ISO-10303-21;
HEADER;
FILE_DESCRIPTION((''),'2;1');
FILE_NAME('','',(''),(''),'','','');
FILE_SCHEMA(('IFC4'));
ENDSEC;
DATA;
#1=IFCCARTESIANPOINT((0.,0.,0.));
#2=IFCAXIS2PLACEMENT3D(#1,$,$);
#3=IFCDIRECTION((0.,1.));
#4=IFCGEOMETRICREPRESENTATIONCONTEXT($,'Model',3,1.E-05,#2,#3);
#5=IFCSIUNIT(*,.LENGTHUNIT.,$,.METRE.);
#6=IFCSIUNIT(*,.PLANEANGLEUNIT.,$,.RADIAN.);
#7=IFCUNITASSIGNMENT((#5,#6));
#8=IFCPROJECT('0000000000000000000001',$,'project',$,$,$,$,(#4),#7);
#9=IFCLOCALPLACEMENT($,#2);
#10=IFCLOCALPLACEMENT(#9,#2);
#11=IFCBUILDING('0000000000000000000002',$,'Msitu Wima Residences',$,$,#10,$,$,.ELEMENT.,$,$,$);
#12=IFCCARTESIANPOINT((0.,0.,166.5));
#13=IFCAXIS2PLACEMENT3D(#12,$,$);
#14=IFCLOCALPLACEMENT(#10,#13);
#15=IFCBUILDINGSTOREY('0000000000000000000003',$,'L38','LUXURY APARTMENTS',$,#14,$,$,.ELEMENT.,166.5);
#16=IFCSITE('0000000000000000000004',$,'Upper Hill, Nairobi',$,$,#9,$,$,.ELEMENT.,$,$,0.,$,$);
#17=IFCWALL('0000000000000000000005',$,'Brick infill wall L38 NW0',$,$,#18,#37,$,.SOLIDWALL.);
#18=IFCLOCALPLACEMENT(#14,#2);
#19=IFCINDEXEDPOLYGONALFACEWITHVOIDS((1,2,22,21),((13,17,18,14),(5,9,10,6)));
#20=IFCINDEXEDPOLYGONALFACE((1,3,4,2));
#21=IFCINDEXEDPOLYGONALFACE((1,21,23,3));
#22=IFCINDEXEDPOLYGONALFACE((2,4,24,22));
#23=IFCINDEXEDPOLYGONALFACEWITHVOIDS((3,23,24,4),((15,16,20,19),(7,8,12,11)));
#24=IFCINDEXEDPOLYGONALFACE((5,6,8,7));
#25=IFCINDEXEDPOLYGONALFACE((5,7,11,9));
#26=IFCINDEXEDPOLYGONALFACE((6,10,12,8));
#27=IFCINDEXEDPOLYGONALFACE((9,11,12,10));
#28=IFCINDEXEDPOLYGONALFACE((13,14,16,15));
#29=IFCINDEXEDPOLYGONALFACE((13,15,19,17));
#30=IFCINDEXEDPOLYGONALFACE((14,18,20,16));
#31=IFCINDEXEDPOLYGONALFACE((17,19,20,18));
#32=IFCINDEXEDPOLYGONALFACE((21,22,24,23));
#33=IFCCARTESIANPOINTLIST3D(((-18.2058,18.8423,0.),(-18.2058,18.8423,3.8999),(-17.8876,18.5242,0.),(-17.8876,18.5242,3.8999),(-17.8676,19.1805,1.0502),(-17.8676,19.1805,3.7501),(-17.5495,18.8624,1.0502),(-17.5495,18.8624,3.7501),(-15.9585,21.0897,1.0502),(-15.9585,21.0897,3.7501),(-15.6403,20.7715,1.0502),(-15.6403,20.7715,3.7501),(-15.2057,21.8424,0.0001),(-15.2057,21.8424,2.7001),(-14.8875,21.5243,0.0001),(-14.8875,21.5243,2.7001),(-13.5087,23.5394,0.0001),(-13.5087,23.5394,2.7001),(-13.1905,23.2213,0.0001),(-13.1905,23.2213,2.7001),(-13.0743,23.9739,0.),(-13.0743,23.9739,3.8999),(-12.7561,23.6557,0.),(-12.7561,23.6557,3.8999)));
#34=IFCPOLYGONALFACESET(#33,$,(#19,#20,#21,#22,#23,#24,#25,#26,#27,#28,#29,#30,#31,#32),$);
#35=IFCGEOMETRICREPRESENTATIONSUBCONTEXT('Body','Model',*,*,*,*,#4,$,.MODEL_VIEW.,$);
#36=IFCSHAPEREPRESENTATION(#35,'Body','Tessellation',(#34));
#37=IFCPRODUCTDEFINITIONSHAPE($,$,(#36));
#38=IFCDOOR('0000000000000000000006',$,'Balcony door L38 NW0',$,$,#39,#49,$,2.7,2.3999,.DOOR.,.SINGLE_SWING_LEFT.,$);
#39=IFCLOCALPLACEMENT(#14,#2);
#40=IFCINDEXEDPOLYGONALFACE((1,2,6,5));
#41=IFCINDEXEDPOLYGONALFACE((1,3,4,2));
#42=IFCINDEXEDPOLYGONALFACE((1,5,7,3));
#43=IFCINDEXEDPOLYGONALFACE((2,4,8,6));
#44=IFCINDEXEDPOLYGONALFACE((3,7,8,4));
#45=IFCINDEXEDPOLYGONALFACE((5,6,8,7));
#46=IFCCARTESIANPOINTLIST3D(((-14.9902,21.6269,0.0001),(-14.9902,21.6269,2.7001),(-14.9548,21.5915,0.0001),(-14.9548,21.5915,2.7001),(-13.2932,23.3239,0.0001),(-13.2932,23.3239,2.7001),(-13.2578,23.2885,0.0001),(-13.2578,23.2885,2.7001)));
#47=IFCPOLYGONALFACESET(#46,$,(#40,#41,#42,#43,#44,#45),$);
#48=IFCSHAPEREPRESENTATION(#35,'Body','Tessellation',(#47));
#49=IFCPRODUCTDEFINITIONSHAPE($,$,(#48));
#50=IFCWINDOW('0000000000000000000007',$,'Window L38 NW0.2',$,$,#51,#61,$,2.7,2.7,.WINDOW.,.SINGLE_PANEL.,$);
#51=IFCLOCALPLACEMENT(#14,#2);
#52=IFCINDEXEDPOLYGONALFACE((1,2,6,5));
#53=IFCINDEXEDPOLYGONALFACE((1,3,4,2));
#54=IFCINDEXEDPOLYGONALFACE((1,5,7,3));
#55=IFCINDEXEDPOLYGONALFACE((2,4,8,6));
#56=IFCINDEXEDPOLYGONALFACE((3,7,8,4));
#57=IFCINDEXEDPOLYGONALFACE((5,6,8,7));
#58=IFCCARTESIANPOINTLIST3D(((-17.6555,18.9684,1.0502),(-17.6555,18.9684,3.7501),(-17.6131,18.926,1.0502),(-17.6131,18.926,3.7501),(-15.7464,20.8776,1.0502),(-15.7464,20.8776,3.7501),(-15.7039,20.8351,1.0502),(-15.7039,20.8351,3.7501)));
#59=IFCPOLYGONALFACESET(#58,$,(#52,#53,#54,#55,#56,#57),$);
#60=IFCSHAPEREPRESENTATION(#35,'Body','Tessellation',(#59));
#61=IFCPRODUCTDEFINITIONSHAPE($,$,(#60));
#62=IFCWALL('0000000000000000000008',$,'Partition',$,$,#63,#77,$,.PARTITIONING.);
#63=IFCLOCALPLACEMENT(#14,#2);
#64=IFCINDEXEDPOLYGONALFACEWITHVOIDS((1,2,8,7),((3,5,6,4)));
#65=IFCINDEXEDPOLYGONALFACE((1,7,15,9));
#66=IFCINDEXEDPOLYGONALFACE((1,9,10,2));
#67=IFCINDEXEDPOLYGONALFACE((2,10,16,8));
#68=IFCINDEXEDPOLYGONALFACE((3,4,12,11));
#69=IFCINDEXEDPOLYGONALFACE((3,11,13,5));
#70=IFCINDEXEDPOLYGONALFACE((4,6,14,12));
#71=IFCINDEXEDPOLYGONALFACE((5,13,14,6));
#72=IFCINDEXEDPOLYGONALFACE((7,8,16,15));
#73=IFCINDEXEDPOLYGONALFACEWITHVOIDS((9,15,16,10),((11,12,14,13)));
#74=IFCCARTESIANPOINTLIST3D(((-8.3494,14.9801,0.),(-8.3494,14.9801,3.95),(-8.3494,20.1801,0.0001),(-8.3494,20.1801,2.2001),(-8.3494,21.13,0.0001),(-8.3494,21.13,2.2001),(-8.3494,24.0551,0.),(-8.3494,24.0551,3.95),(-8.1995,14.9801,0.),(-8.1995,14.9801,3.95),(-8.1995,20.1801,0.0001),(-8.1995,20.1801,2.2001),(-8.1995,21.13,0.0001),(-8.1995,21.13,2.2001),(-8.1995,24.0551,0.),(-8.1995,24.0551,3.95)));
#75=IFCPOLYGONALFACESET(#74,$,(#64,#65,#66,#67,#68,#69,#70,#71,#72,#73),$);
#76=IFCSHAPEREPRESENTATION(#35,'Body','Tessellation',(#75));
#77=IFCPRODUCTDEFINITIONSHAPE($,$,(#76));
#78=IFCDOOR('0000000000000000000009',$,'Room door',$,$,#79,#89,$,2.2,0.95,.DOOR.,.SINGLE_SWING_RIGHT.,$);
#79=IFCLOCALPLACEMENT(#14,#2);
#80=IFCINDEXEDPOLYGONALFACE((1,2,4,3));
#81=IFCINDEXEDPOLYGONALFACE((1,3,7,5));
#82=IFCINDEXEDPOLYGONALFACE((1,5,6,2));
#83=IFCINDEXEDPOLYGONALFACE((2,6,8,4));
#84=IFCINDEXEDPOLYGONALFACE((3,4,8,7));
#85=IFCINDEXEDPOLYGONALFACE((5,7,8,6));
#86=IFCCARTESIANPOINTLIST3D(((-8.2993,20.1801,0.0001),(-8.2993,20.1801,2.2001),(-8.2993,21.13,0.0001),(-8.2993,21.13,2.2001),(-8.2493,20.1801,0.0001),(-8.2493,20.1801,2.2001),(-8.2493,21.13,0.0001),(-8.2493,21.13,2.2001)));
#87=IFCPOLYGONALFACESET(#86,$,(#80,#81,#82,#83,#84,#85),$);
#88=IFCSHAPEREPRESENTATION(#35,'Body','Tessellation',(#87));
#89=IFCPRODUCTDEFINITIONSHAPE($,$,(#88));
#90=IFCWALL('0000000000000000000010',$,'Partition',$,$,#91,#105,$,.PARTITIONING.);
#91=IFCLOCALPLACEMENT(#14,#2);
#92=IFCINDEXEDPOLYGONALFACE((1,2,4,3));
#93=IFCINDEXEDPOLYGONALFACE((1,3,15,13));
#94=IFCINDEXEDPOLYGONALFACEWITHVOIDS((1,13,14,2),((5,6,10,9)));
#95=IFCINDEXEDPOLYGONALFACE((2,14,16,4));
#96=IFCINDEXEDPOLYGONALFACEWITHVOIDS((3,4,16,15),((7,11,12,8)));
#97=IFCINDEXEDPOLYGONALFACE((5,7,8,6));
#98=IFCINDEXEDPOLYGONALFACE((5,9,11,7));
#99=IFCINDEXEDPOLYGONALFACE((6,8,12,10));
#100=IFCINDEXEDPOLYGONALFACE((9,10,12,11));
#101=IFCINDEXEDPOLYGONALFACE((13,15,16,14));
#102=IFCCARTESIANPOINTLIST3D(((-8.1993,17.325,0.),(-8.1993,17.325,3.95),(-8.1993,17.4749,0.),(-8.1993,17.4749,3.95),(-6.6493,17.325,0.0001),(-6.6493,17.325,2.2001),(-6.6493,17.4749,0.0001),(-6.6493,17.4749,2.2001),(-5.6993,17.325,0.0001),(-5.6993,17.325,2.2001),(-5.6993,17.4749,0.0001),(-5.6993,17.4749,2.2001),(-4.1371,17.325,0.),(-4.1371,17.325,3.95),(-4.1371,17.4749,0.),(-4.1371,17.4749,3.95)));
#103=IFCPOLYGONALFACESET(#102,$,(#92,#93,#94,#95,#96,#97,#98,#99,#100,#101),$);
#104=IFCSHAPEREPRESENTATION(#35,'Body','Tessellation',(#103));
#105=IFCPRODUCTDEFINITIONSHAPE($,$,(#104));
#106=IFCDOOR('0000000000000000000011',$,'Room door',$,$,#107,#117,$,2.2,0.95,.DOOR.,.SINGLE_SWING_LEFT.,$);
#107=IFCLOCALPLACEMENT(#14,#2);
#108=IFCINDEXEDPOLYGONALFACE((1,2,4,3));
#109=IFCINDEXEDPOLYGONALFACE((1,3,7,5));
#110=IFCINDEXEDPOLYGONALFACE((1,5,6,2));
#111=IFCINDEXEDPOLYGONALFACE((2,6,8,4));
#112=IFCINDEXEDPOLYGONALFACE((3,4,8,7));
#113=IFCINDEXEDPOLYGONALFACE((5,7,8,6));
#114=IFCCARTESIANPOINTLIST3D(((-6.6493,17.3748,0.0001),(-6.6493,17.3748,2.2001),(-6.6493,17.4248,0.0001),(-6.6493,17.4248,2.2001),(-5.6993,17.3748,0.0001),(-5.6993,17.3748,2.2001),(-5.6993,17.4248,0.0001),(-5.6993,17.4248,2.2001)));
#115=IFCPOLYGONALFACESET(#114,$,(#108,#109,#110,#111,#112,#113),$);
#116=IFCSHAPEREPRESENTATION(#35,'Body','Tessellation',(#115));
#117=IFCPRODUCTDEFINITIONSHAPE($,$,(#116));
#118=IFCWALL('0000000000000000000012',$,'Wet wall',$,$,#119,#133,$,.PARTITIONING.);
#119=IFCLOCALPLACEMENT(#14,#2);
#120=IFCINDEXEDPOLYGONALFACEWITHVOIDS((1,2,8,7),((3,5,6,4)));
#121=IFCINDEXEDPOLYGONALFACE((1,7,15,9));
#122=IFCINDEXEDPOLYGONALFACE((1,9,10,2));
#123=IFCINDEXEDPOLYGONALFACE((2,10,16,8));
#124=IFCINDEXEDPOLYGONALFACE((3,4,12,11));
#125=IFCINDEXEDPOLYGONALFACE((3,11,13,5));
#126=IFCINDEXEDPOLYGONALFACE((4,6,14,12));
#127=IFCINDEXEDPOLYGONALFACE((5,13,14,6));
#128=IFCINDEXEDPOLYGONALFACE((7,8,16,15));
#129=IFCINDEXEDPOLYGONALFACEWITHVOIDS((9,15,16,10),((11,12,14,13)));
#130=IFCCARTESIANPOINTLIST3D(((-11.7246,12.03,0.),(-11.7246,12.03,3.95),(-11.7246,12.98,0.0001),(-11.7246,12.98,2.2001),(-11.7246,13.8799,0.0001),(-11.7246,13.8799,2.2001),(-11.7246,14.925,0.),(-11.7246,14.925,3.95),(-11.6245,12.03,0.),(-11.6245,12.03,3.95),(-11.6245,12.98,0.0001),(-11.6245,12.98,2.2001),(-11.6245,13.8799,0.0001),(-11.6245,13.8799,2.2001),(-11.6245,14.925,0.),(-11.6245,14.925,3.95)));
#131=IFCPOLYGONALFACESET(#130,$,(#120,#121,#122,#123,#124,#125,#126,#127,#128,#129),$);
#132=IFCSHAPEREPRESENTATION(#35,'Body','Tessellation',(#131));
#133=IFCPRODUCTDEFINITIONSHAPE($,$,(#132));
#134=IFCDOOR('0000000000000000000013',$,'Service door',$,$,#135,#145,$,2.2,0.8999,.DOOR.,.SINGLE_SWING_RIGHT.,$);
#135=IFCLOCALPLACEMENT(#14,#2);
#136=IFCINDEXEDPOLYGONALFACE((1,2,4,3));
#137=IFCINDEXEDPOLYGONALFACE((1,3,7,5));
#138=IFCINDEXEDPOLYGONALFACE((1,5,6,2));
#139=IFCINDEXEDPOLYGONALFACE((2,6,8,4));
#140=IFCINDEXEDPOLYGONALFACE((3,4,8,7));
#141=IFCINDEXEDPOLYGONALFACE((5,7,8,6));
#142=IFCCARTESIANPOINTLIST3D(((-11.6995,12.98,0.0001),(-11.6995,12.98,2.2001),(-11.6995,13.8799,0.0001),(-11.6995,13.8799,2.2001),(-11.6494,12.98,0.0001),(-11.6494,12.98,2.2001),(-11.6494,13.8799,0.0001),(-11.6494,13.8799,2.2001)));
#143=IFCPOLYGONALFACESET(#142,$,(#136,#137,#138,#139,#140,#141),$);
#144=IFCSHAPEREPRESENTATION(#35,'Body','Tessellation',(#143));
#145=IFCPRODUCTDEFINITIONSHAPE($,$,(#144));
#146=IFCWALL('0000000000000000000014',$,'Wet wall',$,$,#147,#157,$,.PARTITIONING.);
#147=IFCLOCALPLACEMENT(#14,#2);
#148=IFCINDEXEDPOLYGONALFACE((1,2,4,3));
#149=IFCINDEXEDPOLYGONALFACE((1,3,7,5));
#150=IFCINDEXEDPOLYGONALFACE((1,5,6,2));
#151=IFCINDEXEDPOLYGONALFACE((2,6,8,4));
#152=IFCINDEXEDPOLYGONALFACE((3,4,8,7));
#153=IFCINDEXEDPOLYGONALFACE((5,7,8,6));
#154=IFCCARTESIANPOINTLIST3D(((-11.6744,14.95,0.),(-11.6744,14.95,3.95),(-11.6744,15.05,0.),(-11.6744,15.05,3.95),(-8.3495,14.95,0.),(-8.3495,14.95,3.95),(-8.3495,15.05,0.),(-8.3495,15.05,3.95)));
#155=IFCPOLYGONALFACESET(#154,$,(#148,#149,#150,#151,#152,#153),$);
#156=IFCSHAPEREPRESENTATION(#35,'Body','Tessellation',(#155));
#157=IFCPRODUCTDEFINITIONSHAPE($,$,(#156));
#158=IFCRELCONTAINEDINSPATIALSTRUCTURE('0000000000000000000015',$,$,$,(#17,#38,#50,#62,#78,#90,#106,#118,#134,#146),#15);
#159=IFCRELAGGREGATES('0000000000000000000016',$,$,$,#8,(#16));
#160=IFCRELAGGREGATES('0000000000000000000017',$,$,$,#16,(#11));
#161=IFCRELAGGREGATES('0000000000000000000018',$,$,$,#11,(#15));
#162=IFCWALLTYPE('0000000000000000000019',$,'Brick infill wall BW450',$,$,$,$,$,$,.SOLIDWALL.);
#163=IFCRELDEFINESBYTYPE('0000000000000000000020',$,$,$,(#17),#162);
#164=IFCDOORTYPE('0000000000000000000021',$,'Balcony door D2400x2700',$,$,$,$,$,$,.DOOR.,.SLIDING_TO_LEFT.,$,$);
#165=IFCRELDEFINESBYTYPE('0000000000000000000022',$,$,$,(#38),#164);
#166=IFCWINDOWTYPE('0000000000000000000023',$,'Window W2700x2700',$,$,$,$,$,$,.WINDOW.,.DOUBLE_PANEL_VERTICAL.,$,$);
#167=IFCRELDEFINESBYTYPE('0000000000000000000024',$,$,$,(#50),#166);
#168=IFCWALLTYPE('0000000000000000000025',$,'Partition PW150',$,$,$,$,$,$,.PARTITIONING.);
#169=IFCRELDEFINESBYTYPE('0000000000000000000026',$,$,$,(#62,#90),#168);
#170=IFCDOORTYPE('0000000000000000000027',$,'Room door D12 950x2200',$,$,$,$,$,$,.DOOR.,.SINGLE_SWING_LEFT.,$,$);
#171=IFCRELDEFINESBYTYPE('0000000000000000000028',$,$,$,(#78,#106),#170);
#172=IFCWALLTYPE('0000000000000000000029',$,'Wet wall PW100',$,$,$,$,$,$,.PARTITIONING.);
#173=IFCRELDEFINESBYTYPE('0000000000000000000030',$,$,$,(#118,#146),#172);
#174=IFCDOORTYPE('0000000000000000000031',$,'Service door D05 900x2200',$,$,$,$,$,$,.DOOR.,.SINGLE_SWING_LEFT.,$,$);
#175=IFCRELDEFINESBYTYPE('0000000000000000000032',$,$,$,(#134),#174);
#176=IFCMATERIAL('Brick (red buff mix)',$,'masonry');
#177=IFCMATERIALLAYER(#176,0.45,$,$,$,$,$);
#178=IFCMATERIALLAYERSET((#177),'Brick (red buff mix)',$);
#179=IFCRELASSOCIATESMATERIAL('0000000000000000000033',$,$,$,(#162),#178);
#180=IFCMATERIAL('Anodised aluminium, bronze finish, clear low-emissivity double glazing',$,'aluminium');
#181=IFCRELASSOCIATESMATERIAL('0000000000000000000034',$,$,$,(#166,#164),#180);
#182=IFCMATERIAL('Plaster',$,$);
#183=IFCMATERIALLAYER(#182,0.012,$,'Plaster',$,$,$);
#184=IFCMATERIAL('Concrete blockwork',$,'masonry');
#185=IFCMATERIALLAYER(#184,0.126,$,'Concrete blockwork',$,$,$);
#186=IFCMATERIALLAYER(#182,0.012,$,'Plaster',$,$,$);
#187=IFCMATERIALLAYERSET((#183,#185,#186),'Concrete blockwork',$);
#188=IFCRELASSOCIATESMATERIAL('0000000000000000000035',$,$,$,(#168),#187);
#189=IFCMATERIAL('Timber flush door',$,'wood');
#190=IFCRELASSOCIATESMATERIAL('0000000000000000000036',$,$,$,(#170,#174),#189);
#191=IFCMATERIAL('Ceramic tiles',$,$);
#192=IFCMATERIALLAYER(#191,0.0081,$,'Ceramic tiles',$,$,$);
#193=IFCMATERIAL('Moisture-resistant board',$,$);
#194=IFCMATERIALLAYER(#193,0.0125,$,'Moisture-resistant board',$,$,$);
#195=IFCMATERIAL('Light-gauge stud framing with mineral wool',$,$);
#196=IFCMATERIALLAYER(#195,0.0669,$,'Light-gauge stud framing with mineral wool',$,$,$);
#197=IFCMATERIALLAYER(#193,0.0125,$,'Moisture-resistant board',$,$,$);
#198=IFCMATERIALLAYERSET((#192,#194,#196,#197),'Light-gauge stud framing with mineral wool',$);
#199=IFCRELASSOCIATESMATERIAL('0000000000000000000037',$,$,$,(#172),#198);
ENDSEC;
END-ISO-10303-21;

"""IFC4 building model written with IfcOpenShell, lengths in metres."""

from ifc_helpers import new_model, si_unit, direction, frame, frame_2d, origin, place, context, subcontext, project, spatial, rectangle, extrude, material, layer, layer_set, type_object, element, fill, save


model = new_model("IFC4")

# Units and contexts
model_context = context("Model", 3, precision=1e-05, world=origin(), true_north=direction((0.0, 1.0)))
body_context = subcontext(model_context, "Body", "Model", "MODEL_VIEW")
ifc_project = project(units=[si_unit("LENGTHUNIT", "METRE"), si_unit("PLANEANGLEUNIT", "RADIAN")], contexts=[model_context])

# Site, building, storey
site_placement = place(None, origin())
site = spatial("IfcSite", under=ifc_project, at=site_placement, Name="Upper Hill, Nairobi", CompositionType="ELEMENT", RefElevation=0.0)
building_placement = place(site_placement, origin())
building = spatial("IfcBuilding", under=site, at=building_placement, Name="Msitu Wima Residences", CompositionType="ELEMENT")
storey_placement = place(building_placement, frame((0.0, 0.0, 166.5)))
storey = spatial("IfcBuildingStorey", under=building, at=storey_placement, Name="L38", Description="LUXURY APARTMENTS", CompositionType="ELEMENT", Elevation=166.5)

# Shared definitions
ifc_material_1 = material(Name="Brick (red buff mix)", Category="masonry")
ifc_layer_1 = layer(ifc_material_1, 0.45)
ifc_layer_set_1 = layer_set([ifc_layer_1], Name="Brick (red buff mix)")
wall_type_1 = type_object("IfcWallType", Name="Brick infill wall BW450", PredefinedType="SOLIDWALL", material=ifc_layer_set_1)
ifc_material_2 = material(Name="Anodised aluminium, bronze finish, clear low-emissivity double glazing", Category="aluminium")
window_type = type_object("IfcWindowType", Name="Window W2700x2700", PartitioningType="DOUBLE_PANEL_VERTICAL", PredefinedType="WINDOW", material=ifc_material_2)

# Wall, openings, door, window
wall_1_placement = place(storey_placement, frame((-12.9153, 23.8147, 0.0), z_axis=(0.0, 0.0, 1.0), x_axis=(-0.707107, -0.707107, 0.0)))
wall_1 = element("IfcWall", 1, at=wall_1_placement, inside=storey, type_object=wall_type_1, Name="Brick infill wall L38 NW0", PredefinedType="SOLIDWALL", context=body_context, shape_type="SweptSolid", body=[
    extrude(rectangle(XDim=7.2571, YDim=0.45, at=frame_2d((3.6284, 0.0))), origin(), (0.0, 0.0, 1.0), 3.8999),
])
opening_1_placement = place(wall_1_placement, frame((0.6143, 0.0, 0.0)))
opening_1 = element("IfcOpeningElement", 2, at=opening_1_placement, cuts=wall_1, PredefinedType="OPENING", context=body_context, shape_type="SweptSolid", body=[
    extrude(rectangle(XDim=2.3999, YDim=2.7, at=frame_2d((1.2, 1.3501))), frame((0.0, 0.2349, 0.0), z_axis=(0.0, -1.0, 0.0), x_axis=(1.0, 0.0, 0.0)), (0.0, 0.0, 1.0), 0.47),
])
opening_2_placement = place(wall_1_placement, frame((4.0786, 0.0, 1.05)))
opening_2 = element("IfcOpeningElement", 3, at=opening_2_placement, cuts=wall_1, PredefinedType="OPENING", context=body_context, shape_type="SweptSolid", body=[
    extrude(rectangle(XDim=2.7, YDim=2.7, at=frame_2d((1.3501, 1.3501))), frame((0.0, 0.2349, 0.0), z_axis=(0.0, -1.0, 0.0), x_axis=(1.0, 0.0, 0.0)), (0.0, 0.0, 1.0), 0.47),
])
door_type_1 = type_object("IfcDoorType", Name="Balcony door D2400x2700", OperationType="SLIDING_TO_LEFT", PredefinedType="DOOR", material=ifc_material_2)
door_1_placement = place(opening_1_placement, origin())
door_1 = element("IfcDoor", 4, at=door_1_placement, inside=storey, type_object=door_type_1, Name="Balcony door L38 NW0", OperationType="SINGLE_SWING_LEFT", OverallHeight=2.7, OverallWidth=2.3999, PredefinedType="DOOR", context=body_context, shape_type="SweptSolid", body=[
    extrude(rectangle(XDim=2.3999, YDim=2.7, at=frame_2d((1.2, 1.3501))), frame((0.0, 0.1299, 0.0), z_axis=(0.0, -1.0, 0.0), x_axis=(1.0, 0.0, 0.0)), (0.0, 0.0, 1.0), 0.05),
])
fill(opening_1, door_1)
window_1_placement = place(opening_2_placement, origin())
window_1 = element("IfcWindow", 5, at=window_1_placement, inside=storey, type_object=window_type, Name="Window L38 NW0.2", OverallHeight=2.7, OverallWidth=2.7, PartitioningType="SINGLE_PANEL", PredefinedType="WINDOW", context=body_context, shape_type="SweptSolid", body=[
    extrude(rectangle(XDim=2.7, YDim=2.7, at=frame_2d((1.3501, 1.3501))), frame((0.0, 0.135, 0.0), z_axis=(0.0, -1.0, 0.0), x_axis=(1.0, 0.0, 0.0)), (0.0, 0.0, 1.0), 0.0601),
])
fill(opening_2, window_1)

# Walls, openings, doors
ifc_material_3 = material(Name="Plaster")
ifc_layer_2 = layer(ifc_material_3, 0.012, Name="Plaster")
ifc_material_4 = material(Name="Concrete blockwork", Category="masonry")
ifc_layer_3 = layer(ifc_material_4, 0.126, Name="Concrete blockwork")
ifc_layer_4 = layer(ifc_material_3, 0.012, Name="Plaster")
ifc_layer_set_2 = layer_set([ifc_layer_2, ifc_layer_3, ifc_layer_4], Name="Concrete blockwork")
wall_type_2 = type_object("IfcWallType", Name="Partition PW150", PredefinedType="PARTITIONING", material=ifc_layer_set_2)
wall_2_placement = place(storey_placement, frame((-8.2744, 14.98, 0.0), z_axis=(0.0, 0.0, 1.0), x_axis=(0.0, 1.0, 0.0)))
wall_2 = element("IfcWall", 6, at=wall_2_placement, inside=storey, type_object=wall_type_2, Name="Partition", PredefinedType="PARTITIONING", context=body_context, shape_type="SweptSolid", body=[
    extrude(rectangle(XDim=9.075, YDim=0.1499, at=frame_2d((4.5376, 0.0))), origin(), (0.0, 0.0, 1.0), 3.95),
])
opening_3_placement = place(wall_2_placement, frame((5.2, 0.0, 0.0)))
opening_3 = element("IfcOpeningElement", 7, at=opening_3_placement, cuts=wall_2, PredefinedType="OPENING", context=body_context, shape_type="SweptSolid", body=[
    extrude(rectangle(XDim=0.95, YDim=2.2, at=frame_2d((0.4751, 1.1001))), frame((0.0, 0.085, 0.0), z_axis=(0.0, -1.0, 0.0), x_axis=(1.0, 0.0, 0.0)), (0.0, 0.0, 1.0), 0.1699),
])
ifc_material_5 = material(Name="Timber flush door", Category="wood")
door_type_2 = type_object("IfcDoorType", Name="Room door D12 950x2200", OperationType="SINGLE_SWING_LEFT", PredefinedType="DOOR", material=ifc_material_5)
door_2_placement = place(opening_3_placement, origin())
door_2 = element("IfcDoor", 8, at=door_2_placement, inside=storey, type_object=door_type_2, Name="Room door", OperationType="SINGLE_SWING_RIGHT", OverallHeight=2.2, OverallWidth=0.95, PredefinedType="DOOR", context=body_context, shape_type="SweptSolid", body=[
    extrude(rectangle(XDim=0.95, YDim=2.2, at=frame_2d((0.4751, 1.1001))), frame((0.0, 0.0249, 0.0), z_axis=(0.0, -1.0, 0.0), x_axis=(1.0, 0.0, 0.0)), (0.0, 0.0, 1.0), 0.05),
])
fill(opening_3, door_2)
wall_3_placement = place(storey_placement, frame((-8.1995, 17.3999, 0.0), z_axis=(0.0, 0.0, 1.0), x_axis=(1.0, 0.0, 0.0)))
wall_3 = element("IfcWall", 9, at=wall_3_placement, inside=storey, type_object=wall_type_2, Name="Partition", PredefinedType="PARTITIONING", context=body_context, shape_type="SweptSolid", body=[
    extrude(rectangle(XDim=4.0623, YDim=0.1499, at=frame_2d((2.0312, 0.0))), origin(), (0.0, 0.0, 1.0), 3.95),
])
opening_4_placement = place(wall_3_placement, frame((1.55, 0.0, 0.0)))
opening_4 = element("IfcOpeningElement", 10, at=opening_4_placement, cuts=wall_3, PredefinedType="OPENING", context=body_context, shape_type="SweptSolid", body=[
    extrude(rectangle(XDim=0.95, YDim=2.2, at=frame_2d((0.4751, 1.1001))), frame((0.0, 0.085, 0.0), z_axis=(0.0, -1.0, 0.0), x_axis=(1.0, 0.0, 0.0)), (0.0, 0.0, 1.0), 0.1699),
])
door_3_placement = place(opening_4_placement, origin())
door_3 = element("IfcDoor", 11, at=door_3_placement, inside=storey, type_object=door_type_2, Name="Room door", OperationType="SINGLE_SWING_LEFT", OverallHeight=2.2, OverallWidth=0.95, PredefinedType="DOOR", context=body_context, shape_type="SweptSolid", body=[
    extrude(rectangle(XDim=0.95, YDim=2.2, at=frame_2d((0.4751, 1.1001))), frame((0.0, 0.0249, 0.0), z_axis=(0.0, -1.0, 0.0), x_axis=(1.0, 0.0, 0.0)), (0.0, 0.0, 1.0), 0.05),
])
fill(opening_4, door_3)
ifc_material_6 = material(Name="Ceramic tiles")
ifc_layer_5 = layer(ifc_material_6, 0.0081, Name="Ceramic tiles")
ifc_material_7 = material(Name="Moisture-resistant board")
ifc_layer_6 = layer(ifc_material_7, 0.0125, Name="Moisture-resistant board")
ifc_material_8 = material(Name="Light-gauge stud framing with mineral wool")
ifc_layer_7 = layer(ifc_material_8, 0.0669, Name="Light-gauge stud framing with mineral wool")
ifc_layer_8 = layer(ifc_material_7, 0.0125, Name="Moisture-resistant board")
ifc_layer_set_3 = layer_set([ifc_layer_5, ifc_layer_6, ifc_layer_7, ifc_layer_8], Name="Light-gauge stud framing with mineral wool")
wall_type_3 = type_object("IfcWallType", Name="Wet wall PW100", PredefinedType="PARTITIONING", material=ifc_layer_set_3)
wall_4_placement = place(storey_placement, frame((-11.6746, 12.03, 0.0), z_axis=(0.0, 0.0, 1.0), x_axis=(0.0, 1.0, 0.0)))
wall_4 = element("IfcWall", 12, at=wall_4_placement, inside=storey, type_object=wall_type_3, Name="Wet wall", PredefinedType="PARTITIONING", context=body_context, shape_type="SweptSolid", body=[
    extrude(rectangle(XDim=2.895, YDim=0.1001, at=frame_2d((1.4475, 0.0))), origin(), (0.0, 0.0, 1.0), 3.95),
])
opening_5_placement = place(wall_4_placement, frame((0.95, 0.0, 0.0)))
opening_5 = element("IfcOpeningElement", 13, at=opening_5_placement, cuts=wall_4, PredefinedType="OPENING", context=body_context, shape_type="SweptSolid", body=[
    extrude(rectangle(XDim=0.8999, YDim=2.2, at=frame_2d((0.45, 1.1001))), frame((0.0, 0.0601, 0.0), z_axis=(0.0, -1.0, 0.0), x_axis=(1.0, 0.0, 0.0)), (0.0, 0.0, 1.0), 0.1201),
])
door_type_3 = type_object("IfcDoorType", Name="Service door D05 900x2200", OperationType="SINGLE_SWING_LEFT", PredefinedType="DOOR", material=ifc_material_5)
door_4_placement = place(opening_5_placement, origin())
door_4 = element("IfcDoor", 14, at=door_4_placement, inside=storey, type_object=door_type_3, Name="Service door", OperationType="SINGLE_SWING_RIGHT", OverallHeight=2.2, OverallWidth=0.8999, PredefinedType="DOOR", context=body_context, shape_type="SweptSolid", body=[
    extrude(rectangle(XDim=0.8999, YDim=2.2, at=frame_2d((0.45, 1.1001))), frame((0.0, 0.0249, 0.0), z_axis=(0.0, -1.0, 0.0), x_axis=(1.0, 0.0, 0.0)), (0.0, 0.0, 1.0), 0.05),
])
fill(opening_5, door_4)

# Wall
wall_5_placement = place(storey_placement, frame((-11.6746, 15.0, 0.0), z_axis=(0.0, 0.0, 1.0), x_axis=(1.0, 0.0, 0.0)))
element("IfcWall", 15, at=wall_5_placement, inside=storey, type_object=wall_type_3, Name="Wet wall", PredefinedType="PARTITIONING", context=body_context, shape_type="SweptSolid", body=[
    extrude(rectangle(XDim=3.325, YDim=0.1001, at=frame_2d((1.6626, 0.0))), origin(), (0.0, 0.0, 1.0), 3.95),
])

save(model, "model.ifc")
